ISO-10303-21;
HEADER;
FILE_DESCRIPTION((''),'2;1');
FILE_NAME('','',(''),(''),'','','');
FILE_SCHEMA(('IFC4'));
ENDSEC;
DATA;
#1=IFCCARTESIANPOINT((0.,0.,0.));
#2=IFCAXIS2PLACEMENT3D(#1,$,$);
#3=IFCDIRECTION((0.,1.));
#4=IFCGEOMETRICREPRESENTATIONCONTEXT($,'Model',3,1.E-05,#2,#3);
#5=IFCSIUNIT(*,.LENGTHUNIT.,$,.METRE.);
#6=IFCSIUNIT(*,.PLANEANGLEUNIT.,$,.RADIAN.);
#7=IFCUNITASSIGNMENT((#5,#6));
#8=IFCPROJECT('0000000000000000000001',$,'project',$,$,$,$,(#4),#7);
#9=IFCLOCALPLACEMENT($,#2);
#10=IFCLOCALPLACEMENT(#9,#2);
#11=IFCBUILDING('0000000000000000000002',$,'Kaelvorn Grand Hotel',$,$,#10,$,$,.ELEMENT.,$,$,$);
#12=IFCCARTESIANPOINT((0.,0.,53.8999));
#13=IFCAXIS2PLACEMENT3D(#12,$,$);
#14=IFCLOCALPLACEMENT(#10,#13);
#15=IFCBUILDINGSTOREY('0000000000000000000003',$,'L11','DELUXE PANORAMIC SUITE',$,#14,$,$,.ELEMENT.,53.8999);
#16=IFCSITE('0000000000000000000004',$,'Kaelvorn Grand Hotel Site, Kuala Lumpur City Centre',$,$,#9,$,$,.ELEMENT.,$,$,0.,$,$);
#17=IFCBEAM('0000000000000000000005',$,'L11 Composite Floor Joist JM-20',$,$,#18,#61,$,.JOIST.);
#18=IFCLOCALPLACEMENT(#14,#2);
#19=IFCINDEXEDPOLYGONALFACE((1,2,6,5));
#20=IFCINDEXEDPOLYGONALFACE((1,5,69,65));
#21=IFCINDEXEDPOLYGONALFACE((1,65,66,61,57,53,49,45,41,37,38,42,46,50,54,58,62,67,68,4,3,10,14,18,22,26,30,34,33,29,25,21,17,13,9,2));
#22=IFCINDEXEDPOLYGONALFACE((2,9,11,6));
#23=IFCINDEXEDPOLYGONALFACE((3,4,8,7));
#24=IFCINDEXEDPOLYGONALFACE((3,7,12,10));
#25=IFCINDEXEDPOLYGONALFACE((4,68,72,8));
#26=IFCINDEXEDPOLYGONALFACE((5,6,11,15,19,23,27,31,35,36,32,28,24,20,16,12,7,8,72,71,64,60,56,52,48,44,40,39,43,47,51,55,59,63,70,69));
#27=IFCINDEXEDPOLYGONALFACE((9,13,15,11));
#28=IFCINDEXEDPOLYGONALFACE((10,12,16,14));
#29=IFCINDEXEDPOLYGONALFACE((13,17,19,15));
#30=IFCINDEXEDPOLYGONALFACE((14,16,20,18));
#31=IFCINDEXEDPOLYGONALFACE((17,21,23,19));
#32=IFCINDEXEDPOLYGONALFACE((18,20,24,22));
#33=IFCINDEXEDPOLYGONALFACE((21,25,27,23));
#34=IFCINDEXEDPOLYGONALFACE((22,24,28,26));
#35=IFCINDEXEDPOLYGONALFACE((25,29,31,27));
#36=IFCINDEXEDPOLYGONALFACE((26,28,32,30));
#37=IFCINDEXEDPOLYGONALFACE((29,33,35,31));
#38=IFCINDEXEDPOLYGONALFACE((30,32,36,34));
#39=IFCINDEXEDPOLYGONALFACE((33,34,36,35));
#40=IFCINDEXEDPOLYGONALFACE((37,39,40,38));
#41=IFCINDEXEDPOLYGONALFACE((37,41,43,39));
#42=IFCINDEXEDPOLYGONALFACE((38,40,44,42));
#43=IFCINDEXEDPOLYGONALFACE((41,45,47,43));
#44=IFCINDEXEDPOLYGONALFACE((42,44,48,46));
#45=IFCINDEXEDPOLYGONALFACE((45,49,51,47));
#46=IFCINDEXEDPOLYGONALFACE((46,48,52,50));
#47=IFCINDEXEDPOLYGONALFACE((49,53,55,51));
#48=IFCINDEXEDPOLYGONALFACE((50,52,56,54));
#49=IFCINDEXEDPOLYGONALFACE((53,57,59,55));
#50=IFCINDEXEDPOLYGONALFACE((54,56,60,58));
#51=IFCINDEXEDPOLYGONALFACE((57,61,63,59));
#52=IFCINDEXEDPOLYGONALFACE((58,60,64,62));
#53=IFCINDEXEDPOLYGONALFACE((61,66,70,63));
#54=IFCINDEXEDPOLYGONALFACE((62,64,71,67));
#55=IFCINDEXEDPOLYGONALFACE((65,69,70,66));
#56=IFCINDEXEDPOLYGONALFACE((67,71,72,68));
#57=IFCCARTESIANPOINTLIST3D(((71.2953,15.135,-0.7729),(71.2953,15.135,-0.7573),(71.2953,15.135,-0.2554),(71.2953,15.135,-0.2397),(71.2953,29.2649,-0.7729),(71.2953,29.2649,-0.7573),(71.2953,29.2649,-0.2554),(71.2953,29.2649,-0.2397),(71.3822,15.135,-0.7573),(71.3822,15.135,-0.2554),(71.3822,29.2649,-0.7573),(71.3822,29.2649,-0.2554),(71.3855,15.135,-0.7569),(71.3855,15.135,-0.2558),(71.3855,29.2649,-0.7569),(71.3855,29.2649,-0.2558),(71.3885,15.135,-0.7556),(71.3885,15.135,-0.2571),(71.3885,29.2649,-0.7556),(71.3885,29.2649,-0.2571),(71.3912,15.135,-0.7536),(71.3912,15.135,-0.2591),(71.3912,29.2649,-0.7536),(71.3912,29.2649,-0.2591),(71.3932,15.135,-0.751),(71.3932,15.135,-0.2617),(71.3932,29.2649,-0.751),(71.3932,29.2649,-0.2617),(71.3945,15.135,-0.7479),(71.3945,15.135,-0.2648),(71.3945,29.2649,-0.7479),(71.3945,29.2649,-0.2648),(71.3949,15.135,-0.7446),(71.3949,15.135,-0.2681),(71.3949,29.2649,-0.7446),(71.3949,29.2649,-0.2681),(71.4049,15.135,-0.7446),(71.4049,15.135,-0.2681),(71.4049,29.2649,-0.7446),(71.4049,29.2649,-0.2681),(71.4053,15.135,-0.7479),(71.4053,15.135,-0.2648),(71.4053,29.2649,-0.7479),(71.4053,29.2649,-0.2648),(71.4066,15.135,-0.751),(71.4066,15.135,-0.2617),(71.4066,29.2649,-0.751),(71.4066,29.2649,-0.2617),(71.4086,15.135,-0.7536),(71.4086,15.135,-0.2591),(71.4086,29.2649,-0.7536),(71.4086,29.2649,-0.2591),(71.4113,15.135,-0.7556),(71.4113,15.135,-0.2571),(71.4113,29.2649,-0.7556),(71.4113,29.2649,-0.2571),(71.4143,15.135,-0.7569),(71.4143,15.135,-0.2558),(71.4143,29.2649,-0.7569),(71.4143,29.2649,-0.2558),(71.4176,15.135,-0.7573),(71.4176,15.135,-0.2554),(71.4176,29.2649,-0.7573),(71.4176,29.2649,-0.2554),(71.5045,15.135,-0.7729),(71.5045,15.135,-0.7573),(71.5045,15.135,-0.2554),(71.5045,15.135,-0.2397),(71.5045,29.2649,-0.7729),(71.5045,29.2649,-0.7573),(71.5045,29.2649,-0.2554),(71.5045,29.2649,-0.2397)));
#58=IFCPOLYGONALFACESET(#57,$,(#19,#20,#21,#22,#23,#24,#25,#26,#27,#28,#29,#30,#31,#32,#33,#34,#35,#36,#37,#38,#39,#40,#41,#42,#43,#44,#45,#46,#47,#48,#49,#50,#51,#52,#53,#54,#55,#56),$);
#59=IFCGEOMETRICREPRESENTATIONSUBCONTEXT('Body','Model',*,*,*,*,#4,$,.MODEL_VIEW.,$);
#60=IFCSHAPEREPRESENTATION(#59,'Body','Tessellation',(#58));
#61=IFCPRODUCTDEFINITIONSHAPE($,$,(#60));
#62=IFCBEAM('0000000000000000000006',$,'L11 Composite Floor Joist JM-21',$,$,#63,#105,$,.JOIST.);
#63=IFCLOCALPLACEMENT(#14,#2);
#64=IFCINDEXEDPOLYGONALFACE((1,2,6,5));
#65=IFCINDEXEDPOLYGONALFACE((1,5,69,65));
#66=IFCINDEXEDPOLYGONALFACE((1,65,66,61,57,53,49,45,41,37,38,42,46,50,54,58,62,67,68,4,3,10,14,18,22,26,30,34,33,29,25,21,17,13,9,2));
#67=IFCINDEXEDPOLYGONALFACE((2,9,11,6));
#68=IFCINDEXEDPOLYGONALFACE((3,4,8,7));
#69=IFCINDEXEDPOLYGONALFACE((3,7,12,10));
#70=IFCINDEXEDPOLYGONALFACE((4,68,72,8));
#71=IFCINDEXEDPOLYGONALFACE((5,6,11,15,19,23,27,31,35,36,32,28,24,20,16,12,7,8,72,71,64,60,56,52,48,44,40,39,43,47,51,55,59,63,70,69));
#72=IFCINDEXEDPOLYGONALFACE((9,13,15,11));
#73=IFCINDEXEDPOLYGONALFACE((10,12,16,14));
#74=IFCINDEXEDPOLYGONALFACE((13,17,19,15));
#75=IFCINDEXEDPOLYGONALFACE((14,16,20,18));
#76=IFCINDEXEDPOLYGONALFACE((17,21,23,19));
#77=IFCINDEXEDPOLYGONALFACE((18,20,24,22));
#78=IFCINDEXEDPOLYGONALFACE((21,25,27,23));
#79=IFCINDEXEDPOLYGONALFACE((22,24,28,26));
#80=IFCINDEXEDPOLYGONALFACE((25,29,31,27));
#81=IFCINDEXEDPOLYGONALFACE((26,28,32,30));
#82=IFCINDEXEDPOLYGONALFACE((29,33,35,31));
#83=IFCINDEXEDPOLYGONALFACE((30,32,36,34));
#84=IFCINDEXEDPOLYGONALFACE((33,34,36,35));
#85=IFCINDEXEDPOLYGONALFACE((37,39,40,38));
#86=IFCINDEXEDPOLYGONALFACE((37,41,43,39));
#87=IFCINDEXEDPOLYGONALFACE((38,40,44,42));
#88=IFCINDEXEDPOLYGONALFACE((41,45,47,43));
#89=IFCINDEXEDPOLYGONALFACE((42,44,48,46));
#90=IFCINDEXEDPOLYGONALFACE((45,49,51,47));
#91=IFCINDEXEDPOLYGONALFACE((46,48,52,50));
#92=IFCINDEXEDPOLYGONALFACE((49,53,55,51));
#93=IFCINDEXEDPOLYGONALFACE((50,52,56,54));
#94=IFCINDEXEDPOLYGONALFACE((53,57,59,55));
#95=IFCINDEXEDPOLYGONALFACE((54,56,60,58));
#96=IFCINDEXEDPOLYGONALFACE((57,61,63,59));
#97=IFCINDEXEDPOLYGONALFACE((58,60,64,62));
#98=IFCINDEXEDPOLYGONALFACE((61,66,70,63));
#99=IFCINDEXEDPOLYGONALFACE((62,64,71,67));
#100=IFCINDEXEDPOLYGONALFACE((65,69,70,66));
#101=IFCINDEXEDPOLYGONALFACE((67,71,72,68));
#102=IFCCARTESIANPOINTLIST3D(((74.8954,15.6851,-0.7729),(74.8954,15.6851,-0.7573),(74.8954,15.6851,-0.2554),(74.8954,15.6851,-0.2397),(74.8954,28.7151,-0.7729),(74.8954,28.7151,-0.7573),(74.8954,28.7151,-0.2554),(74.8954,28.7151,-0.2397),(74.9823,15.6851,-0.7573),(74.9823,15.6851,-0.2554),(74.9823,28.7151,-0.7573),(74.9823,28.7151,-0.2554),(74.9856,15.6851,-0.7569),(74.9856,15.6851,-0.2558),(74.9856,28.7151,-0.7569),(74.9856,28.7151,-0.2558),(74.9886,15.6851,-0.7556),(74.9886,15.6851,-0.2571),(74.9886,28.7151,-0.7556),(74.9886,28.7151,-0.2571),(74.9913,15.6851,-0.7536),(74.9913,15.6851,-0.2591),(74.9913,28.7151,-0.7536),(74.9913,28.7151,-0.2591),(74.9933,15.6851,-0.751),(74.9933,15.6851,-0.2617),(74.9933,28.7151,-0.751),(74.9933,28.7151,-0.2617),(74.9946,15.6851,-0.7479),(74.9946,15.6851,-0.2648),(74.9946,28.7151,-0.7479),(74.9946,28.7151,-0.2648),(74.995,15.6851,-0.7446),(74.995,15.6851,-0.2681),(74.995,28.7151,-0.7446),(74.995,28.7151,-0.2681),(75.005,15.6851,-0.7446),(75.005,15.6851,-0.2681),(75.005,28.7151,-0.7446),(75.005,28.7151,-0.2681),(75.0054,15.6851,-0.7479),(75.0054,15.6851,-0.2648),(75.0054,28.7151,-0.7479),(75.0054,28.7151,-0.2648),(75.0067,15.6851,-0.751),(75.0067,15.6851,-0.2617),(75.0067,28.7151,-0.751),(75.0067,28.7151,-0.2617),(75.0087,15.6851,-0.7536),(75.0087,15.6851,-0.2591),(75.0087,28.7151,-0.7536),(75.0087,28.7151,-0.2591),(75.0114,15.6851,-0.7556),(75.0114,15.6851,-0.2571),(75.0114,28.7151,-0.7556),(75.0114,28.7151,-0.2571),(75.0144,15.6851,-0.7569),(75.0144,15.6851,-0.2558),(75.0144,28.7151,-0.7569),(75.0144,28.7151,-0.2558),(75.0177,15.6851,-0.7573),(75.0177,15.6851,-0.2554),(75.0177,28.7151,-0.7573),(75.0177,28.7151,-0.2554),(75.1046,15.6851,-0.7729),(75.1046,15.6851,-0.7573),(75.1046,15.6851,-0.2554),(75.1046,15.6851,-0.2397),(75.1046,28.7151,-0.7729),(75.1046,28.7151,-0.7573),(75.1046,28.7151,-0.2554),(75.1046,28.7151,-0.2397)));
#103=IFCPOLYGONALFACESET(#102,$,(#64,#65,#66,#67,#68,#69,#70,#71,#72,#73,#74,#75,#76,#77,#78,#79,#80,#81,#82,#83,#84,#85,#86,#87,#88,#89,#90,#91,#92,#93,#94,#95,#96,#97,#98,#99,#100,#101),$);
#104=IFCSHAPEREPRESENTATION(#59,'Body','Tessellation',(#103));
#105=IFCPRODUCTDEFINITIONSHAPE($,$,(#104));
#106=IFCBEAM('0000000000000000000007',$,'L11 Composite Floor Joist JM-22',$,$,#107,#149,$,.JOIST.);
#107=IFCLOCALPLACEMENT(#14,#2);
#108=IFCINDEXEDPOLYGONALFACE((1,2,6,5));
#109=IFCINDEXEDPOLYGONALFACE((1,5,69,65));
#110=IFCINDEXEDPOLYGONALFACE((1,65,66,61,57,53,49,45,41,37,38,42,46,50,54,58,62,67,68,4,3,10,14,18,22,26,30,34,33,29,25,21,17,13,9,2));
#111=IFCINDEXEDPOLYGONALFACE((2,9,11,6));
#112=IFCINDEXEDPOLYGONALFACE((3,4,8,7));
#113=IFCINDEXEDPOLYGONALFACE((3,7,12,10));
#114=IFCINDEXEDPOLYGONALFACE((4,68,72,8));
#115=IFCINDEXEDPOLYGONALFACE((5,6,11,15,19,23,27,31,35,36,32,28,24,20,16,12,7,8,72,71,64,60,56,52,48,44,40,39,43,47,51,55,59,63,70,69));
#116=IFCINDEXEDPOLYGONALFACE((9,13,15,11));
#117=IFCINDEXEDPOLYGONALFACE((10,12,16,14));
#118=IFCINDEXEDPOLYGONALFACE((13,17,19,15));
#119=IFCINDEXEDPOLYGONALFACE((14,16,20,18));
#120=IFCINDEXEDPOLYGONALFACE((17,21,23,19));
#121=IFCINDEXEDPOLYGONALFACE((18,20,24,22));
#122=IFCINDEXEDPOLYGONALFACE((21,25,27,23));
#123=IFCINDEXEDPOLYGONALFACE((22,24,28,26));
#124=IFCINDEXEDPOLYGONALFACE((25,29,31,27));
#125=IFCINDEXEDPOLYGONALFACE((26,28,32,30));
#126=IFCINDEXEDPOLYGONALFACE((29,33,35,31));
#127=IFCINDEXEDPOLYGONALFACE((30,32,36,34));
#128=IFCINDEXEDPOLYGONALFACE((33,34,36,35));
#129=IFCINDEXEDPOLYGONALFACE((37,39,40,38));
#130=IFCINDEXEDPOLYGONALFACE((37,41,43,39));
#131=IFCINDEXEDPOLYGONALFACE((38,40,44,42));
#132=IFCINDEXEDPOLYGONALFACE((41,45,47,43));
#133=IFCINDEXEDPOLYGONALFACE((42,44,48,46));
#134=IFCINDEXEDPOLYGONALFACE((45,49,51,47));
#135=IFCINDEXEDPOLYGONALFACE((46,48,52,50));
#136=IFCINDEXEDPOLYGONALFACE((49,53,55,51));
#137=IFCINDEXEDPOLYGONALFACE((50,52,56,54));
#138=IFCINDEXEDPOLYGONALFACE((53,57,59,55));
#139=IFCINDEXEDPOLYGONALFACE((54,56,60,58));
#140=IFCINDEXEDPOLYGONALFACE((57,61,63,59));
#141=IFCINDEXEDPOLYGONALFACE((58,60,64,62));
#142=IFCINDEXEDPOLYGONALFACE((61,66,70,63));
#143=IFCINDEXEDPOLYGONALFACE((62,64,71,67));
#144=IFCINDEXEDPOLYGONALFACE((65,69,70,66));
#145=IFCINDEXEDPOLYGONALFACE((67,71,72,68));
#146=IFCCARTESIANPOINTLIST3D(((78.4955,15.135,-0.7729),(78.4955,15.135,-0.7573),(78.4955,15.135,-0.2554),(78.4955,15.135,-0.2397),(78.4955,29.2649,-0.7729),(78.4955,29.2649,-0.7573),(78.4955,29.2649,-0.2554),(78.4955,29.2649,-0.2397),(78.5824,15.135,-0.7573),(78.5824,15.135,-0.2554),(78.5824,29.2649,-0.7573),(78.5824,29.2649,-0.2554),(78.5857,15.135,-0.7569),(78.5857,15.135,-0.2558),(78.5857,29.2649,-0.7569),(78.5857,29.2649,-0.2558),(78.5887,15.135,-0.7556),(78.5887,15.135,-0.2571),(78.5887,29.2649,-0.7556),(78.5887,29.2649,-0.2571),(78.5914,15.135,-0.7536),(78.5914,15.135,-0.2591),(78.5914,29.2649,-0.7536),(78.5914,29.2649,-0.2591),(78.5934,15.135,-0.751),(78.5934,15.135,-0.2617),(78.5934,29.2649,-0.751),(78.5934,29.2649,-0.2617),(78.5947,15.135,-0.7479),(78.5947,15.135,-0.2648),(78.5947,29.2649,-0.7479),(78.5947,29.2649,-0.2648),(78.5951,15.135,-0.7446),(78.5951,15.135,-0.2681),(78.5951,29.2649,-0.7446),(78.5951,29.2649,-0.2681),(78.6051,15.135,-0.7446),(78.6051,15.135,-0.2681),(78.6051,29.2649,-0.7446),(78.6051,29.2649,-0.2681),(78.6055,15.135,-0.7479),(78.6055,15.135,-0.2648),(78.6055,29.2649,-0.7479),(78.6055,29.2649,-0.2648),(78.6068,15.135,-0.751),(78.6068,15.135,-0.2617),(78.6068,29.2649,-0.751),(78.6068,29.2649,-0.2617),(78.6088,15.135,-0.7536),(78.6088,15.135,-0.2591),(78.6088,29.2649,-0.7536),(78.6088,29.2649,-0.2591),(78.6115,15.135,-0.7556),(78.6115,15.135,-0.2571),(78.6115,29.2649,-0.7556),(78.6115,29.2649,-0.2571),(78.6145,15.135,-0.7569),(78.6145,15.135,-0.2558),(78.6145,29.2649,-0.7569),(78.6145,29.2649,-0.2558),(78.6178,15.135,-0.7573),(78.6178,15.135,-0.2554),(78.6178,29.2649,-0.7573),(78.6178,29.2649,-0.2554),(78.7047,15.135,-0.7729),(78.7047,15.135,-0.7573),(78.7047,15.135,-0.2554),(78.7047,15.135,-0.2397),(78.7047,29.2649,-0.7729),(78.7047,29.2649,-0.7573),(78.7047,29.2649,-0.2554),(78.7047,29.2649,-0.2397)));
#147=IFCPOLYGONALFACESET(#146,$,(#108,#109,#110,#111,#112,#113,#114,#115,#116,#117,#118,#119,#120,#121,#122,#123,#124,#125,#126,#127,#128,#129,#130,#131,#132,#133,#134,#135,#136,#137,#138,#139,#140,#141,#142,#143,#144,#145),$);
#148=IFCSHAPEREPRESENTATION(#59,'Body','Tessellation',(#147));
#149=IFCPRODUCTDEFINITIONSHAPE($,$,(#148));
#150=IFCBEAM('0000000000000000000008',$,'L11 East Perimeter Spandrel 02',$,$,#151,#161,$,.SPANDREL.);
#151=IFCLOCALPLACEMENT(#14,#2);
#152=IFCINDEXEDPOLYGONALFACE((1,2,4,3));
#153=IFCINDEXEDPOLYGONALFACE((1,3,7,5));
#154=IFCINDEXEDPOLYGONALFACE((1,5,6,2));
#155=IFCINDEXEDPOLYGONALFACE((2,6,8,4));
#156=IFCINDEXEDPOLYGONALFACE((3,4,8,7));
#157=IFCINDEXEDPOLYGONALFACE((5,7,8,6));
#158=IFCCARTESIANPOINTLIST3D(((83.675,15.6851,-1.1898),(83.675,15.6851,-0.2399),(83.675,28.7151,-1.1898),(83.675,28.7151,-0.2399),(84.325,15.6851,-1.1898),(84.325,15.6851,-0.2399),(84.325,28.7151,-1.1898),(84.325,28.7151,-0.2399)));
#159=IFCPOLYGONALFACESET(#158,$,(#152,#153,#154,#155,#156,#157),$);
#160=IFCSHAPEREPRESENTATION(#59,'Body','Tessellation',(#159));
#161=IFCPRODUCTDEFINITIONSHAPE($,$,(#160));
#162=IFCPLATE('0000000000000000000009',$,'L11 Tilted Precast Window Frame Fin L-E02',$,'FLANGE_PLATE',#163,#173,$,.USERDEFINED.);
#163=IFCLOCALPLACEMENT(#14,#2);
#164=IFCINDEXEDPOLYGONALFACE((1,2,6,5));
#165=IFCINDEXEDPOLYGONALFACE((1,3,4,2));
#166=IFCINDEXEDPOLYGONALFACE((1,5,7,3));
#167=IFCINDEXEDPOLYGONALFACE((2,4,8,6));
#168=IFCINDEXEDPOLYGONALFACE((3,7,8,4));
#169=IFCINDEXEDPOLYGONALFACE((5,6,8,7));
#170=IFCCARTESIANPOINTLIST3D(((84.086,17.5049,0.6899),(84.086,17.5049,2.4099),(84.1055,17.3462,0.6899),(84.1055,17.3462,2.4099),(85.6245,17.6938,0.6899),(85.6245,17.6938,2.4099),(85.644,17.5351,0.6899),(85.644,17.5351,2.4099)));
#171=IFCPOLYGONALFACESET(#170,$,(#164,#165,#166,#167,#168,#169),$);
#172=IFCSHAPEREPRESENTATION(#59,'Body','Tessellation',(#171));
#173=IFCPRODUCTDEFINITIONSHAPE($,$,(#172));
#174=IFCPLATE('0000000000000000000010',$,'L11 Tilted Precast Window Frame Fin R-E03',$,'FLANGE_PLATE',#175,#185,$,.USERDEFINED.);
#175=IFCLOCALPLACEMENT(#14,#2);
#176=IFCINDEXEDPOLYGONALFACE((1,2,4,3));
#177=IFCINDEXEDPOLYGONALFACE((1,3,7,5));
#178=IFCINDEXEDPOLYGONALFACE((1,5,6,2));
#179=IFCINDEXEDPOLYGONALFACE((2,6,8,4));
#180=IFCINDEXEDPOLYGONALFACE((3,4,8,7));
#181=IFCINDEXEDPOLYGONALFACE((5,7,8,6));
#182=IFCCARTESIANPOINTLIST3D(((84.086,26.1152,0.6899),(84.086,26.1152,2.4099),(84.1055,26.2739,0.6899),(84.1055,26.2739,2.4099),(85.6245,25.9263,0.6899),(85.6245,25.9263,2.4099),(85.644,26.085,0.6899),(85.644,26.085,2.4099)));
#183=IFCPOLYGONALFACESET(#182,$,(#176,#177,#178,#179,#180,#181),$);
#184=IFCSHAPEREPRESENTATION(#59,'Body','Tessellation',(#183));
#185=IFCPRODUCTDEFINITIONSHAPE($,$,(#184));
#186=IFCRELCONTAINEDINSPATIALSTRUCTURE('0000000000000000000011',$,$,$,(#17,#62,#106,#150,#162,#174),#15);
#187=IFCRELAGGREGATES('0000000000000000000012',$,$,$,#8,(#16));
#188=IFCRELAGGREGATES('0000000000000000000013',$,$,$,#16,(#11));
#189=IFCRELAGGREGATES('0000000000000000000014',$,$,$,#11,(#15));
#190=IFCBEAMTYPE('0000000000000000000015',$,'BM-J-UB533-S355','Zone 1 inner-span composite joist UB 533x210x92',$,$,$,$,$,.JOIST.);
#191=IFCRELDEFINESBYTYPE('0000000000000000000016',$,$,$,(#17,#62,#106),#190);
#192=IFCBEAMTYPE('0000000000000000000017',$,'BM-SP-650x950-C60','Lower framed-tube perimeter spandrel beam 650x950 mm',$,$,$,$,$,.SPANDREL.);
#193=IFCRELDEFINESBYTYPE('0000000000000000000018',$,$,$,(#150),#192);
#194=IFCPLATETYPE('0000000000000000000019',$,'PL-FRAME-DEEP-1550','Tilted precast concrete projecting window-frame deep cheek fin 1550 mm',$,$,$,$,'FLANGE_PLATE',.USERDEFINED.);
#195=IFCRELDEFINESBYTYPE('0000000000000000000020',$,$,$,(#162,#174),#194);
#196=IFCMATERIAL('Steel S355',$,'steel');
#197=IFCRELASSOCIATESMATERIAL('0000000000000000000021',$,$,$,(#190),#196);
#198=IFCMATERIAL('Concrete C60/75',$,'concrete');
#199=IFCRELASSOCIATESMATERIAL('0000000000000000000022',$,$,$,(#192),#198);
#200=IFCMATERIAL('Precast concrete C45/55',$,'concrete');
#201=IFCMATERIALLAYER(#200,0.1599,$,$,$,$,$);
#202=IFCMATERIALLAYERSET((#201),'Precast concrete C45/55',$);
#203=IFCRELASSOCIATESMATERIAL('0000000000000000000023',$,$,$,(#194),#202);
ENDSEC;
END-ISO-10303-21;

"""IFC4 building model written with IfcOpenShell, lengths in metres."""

from ifc_helpers import new_model, si_unit, direction, frame, origin, origin_2d, place, context, subcontext, project, spatial, rectangle, i_section, extrude, material, layer, layer_set, material_profile, profile_set, type_object, element, save


model = new_model("IFC4")

# Units and contexts
model_context = context("Model", 3, precision=1e-05, world=origin(), true_north=direction((0.0, 1.0)))
body_context = subcontext(model_context, "Body", "Model", "MODEL_VIEW")
ifc_project = project(units=[si_unit("LENGTHUNIT", "METRE"), si_unit("PLANEANGLEUNIT", "RADIAN")], contexts=[model_context])

# Site, building, storey
site_placement = place(None, origin())
site = spatial("IfcSite", under=ifc_project, at=site_placement, Name="Kaelvorn Grand Hotel Site, Kuala Lumpur City Centre", CompositionType="ELEMENT", RefElevation=0.0)
building_placement = place(site_placement, origin())
building = spatial("IfcBuilding", under=site, at=building_placement, Name="Kaelvorn Grand Hotel", CompositionType="ELEMENT")
storey_placement = place(building_placement, frame((0.0, 0.0, 53.8999)))
storey = spatial("IfcBuildingStorey", under=building, at=storey_placement, Name="L11", Description="DELUXE PANORAMIC SUITE", CompositionType="ELEMENT", Elevation=53.8999)

# Beams
ifc_material_1 = material(Name="Steel S355", Category="steel")
ifc_material_profile_1 = material_profile(ifc_material_1, i_section(OverallWidth=0.2092, OverallDepth=0.5332, WebThickness=0.01, FlangeThickness=0.0156, FilletRadius=0.0127, at=origin_2d()), Name="UB 533x210x92")
ifc_profile_set_1 = profile_set([ifc_material_profile_1], Name="Steel S355")
beam_type_1 = type_object("IfcBeamType", Name="BM-J-UB533-S355", Description="Zone 1 inner-span composite joist UB 533x210x92", PredefinedType="JOIST", material=ifc_profile_set_1)
beam_1_placement = place(storey_placement, frame((71.3999, 15.135, -0.5063), z_axis=(0.0, 1.0, 0.0), x_axis=(-1.0, 0.0, 0.0)))
element("IfcBeam", 1, at=beam_1_placement, inside=storey, type_object=beam_type_1, Name="L11 Composite Floor Joist JM-20", PredefinedType="JOIST", context=body_context, shape_type="SweptSolid", body=[
    extrude(i_section(OverallWidth=0.2092, OverallDepth=0.5332, WebThickness=0.01, FlangeThickness=0.0156, FilletRadius=0.0127, at=origin_2d()), origin(), (0.0, 0.0, 1.0), 14.1299),
])
beam_2_placement = place(storey_placement, frame((75.0, 15.6851, -0.5063), z_axis=(0.0, 1.0, 0.0), x_axis=(-1.0, 0.0, 0.0)))
element("IfcBeam", 2, at=beam_2_placement, inside=storey, type_object=beam_type_1, Name="L11 Composite Floor Joist JM-21", PredefinedType="JOIST", context=body_context, shape_type="SweptSolid", body=[
    extrude(i_section(OverallWidth=0.2092, OverallDepth=0.5332, WebThickness=0.01, FlangeThickness=0.0156, FilletRadius=0.0127, at=origin_2d()), origin(), (0.0, 0.0, 1.0), 13.03),
])
beam_3_placement = place(storey_placement, frame((78.6001, 15.135, -0.5063), z_axis=(0.0, 1.0, 0.0), x_axis=(-1.0, 0.0, 0.0)))
element("IfcBeam", 3, at=beam_3_placement, inside=storey, type_object=beam_type_1, Name="L11 Composite Floor Joist JM-22", PredefinedType="JOIST", context=body_context, shape_type="SweptSolid", body=[
    extrude(i_section(OverallWidth=0.2092, OverallDepth=0.5332, WebThickness=0.01, FlangeThickness=0.0156, FilletRadius=0.0127, at=origin_2d()), origin(), (0.0, 0.0, 1.0), 14.1299),
])
ifc_material_2 = material(Name="Concrete C60/75", Category="concrete")
ifc_material_profile_2 = material_profile(ifc_material_2, rectangle(XDim=0.6499, YDim=0.95, at=origin_2d()), Name="RC SPANDREL 650x950")
ifc_profile_set_2 = profile_set([ifc_material_profile_2], Name="Concrete C60/75")
beam_type_2 = type_object("IfcBeamType", Name="BM-SP-650x950-C60", Description="Lower framed-tube perimeter spandrel beam 650x950 mm", PredefinedType="SPANDREL", material=ifc_profile_set_2)
beam_4_placement = place(storey_placement, frame((84.0, 15.6851, -0.7148), z_axis=(0.0, 1.0, 0.0), x_axis=(-1.0, 0.0, 0.0)))
element("IfcBeam", 4, at=beam_4_placement, inside=storey, type_object=beam_type_2, Name="L11 East Perimeter Spandrel 02", PredefinedType="SPANDREL", context=body_context, shape_type="SweptSolid", body=[
    extrude(rectangle(XDim=0.6499, YDim=0.95, at=origin_2d()), origin(), (0.0, 0.0, 1.0), 13.03),
])

# Plates
ifc_material_3 = material(Name="Precast concrete C45/55", Category="concrete")
ifc_layer_1 = layer(ifc_material_3, 0.1599)
ifc_layer_set_1 = layer_set([ifc_layer_1], Name="Precast concrete C45/55")
plate_type_1 = type_object("IfcPlateType", Name="PL-FRAME-DEEP-1550", Description="Tilted precast concrete projecting window-frame deep cheek fin 1550 mm", ElementType="FLANGE_PLATE", PredefinedType="USERDEFINED", material=ifc_layer_set_1)
for number, where, z_axis, x_axis, name in (
    (5, (84.865, 17.52, 0.6899), (0.0, 0.0, 1.0), (-0.121869, 0.992546, 0.0), "L11 Tilted Precast Window Frame Fin L-E02"),
    (6, (84.865, 26.1001, 0.6899), (0.0, 0.0, 1.0), (0.121869, 0.992546, 0.0), "L11 Tilted Precast Window Frame Fin R-E03"),
):
    element("IfcPlate", number, at=place(storey_placement, frame(where, z_axis=z_axis, x_axis=x_axis)), inside=storey, type_object=plate_type_1, Name=name, ObjectType="FLANGE_PLATE", PredefinedType="USERDEFINED", context=body_context, shape_type="SweptSolid", body=[
        extrude(rectangle(XDim=0.1599, YDim=1.55, at=origin_2d()), origin(), (0.0, 0.0, 1.0), 1.72),
    ])

save(model, "model.ifc")
